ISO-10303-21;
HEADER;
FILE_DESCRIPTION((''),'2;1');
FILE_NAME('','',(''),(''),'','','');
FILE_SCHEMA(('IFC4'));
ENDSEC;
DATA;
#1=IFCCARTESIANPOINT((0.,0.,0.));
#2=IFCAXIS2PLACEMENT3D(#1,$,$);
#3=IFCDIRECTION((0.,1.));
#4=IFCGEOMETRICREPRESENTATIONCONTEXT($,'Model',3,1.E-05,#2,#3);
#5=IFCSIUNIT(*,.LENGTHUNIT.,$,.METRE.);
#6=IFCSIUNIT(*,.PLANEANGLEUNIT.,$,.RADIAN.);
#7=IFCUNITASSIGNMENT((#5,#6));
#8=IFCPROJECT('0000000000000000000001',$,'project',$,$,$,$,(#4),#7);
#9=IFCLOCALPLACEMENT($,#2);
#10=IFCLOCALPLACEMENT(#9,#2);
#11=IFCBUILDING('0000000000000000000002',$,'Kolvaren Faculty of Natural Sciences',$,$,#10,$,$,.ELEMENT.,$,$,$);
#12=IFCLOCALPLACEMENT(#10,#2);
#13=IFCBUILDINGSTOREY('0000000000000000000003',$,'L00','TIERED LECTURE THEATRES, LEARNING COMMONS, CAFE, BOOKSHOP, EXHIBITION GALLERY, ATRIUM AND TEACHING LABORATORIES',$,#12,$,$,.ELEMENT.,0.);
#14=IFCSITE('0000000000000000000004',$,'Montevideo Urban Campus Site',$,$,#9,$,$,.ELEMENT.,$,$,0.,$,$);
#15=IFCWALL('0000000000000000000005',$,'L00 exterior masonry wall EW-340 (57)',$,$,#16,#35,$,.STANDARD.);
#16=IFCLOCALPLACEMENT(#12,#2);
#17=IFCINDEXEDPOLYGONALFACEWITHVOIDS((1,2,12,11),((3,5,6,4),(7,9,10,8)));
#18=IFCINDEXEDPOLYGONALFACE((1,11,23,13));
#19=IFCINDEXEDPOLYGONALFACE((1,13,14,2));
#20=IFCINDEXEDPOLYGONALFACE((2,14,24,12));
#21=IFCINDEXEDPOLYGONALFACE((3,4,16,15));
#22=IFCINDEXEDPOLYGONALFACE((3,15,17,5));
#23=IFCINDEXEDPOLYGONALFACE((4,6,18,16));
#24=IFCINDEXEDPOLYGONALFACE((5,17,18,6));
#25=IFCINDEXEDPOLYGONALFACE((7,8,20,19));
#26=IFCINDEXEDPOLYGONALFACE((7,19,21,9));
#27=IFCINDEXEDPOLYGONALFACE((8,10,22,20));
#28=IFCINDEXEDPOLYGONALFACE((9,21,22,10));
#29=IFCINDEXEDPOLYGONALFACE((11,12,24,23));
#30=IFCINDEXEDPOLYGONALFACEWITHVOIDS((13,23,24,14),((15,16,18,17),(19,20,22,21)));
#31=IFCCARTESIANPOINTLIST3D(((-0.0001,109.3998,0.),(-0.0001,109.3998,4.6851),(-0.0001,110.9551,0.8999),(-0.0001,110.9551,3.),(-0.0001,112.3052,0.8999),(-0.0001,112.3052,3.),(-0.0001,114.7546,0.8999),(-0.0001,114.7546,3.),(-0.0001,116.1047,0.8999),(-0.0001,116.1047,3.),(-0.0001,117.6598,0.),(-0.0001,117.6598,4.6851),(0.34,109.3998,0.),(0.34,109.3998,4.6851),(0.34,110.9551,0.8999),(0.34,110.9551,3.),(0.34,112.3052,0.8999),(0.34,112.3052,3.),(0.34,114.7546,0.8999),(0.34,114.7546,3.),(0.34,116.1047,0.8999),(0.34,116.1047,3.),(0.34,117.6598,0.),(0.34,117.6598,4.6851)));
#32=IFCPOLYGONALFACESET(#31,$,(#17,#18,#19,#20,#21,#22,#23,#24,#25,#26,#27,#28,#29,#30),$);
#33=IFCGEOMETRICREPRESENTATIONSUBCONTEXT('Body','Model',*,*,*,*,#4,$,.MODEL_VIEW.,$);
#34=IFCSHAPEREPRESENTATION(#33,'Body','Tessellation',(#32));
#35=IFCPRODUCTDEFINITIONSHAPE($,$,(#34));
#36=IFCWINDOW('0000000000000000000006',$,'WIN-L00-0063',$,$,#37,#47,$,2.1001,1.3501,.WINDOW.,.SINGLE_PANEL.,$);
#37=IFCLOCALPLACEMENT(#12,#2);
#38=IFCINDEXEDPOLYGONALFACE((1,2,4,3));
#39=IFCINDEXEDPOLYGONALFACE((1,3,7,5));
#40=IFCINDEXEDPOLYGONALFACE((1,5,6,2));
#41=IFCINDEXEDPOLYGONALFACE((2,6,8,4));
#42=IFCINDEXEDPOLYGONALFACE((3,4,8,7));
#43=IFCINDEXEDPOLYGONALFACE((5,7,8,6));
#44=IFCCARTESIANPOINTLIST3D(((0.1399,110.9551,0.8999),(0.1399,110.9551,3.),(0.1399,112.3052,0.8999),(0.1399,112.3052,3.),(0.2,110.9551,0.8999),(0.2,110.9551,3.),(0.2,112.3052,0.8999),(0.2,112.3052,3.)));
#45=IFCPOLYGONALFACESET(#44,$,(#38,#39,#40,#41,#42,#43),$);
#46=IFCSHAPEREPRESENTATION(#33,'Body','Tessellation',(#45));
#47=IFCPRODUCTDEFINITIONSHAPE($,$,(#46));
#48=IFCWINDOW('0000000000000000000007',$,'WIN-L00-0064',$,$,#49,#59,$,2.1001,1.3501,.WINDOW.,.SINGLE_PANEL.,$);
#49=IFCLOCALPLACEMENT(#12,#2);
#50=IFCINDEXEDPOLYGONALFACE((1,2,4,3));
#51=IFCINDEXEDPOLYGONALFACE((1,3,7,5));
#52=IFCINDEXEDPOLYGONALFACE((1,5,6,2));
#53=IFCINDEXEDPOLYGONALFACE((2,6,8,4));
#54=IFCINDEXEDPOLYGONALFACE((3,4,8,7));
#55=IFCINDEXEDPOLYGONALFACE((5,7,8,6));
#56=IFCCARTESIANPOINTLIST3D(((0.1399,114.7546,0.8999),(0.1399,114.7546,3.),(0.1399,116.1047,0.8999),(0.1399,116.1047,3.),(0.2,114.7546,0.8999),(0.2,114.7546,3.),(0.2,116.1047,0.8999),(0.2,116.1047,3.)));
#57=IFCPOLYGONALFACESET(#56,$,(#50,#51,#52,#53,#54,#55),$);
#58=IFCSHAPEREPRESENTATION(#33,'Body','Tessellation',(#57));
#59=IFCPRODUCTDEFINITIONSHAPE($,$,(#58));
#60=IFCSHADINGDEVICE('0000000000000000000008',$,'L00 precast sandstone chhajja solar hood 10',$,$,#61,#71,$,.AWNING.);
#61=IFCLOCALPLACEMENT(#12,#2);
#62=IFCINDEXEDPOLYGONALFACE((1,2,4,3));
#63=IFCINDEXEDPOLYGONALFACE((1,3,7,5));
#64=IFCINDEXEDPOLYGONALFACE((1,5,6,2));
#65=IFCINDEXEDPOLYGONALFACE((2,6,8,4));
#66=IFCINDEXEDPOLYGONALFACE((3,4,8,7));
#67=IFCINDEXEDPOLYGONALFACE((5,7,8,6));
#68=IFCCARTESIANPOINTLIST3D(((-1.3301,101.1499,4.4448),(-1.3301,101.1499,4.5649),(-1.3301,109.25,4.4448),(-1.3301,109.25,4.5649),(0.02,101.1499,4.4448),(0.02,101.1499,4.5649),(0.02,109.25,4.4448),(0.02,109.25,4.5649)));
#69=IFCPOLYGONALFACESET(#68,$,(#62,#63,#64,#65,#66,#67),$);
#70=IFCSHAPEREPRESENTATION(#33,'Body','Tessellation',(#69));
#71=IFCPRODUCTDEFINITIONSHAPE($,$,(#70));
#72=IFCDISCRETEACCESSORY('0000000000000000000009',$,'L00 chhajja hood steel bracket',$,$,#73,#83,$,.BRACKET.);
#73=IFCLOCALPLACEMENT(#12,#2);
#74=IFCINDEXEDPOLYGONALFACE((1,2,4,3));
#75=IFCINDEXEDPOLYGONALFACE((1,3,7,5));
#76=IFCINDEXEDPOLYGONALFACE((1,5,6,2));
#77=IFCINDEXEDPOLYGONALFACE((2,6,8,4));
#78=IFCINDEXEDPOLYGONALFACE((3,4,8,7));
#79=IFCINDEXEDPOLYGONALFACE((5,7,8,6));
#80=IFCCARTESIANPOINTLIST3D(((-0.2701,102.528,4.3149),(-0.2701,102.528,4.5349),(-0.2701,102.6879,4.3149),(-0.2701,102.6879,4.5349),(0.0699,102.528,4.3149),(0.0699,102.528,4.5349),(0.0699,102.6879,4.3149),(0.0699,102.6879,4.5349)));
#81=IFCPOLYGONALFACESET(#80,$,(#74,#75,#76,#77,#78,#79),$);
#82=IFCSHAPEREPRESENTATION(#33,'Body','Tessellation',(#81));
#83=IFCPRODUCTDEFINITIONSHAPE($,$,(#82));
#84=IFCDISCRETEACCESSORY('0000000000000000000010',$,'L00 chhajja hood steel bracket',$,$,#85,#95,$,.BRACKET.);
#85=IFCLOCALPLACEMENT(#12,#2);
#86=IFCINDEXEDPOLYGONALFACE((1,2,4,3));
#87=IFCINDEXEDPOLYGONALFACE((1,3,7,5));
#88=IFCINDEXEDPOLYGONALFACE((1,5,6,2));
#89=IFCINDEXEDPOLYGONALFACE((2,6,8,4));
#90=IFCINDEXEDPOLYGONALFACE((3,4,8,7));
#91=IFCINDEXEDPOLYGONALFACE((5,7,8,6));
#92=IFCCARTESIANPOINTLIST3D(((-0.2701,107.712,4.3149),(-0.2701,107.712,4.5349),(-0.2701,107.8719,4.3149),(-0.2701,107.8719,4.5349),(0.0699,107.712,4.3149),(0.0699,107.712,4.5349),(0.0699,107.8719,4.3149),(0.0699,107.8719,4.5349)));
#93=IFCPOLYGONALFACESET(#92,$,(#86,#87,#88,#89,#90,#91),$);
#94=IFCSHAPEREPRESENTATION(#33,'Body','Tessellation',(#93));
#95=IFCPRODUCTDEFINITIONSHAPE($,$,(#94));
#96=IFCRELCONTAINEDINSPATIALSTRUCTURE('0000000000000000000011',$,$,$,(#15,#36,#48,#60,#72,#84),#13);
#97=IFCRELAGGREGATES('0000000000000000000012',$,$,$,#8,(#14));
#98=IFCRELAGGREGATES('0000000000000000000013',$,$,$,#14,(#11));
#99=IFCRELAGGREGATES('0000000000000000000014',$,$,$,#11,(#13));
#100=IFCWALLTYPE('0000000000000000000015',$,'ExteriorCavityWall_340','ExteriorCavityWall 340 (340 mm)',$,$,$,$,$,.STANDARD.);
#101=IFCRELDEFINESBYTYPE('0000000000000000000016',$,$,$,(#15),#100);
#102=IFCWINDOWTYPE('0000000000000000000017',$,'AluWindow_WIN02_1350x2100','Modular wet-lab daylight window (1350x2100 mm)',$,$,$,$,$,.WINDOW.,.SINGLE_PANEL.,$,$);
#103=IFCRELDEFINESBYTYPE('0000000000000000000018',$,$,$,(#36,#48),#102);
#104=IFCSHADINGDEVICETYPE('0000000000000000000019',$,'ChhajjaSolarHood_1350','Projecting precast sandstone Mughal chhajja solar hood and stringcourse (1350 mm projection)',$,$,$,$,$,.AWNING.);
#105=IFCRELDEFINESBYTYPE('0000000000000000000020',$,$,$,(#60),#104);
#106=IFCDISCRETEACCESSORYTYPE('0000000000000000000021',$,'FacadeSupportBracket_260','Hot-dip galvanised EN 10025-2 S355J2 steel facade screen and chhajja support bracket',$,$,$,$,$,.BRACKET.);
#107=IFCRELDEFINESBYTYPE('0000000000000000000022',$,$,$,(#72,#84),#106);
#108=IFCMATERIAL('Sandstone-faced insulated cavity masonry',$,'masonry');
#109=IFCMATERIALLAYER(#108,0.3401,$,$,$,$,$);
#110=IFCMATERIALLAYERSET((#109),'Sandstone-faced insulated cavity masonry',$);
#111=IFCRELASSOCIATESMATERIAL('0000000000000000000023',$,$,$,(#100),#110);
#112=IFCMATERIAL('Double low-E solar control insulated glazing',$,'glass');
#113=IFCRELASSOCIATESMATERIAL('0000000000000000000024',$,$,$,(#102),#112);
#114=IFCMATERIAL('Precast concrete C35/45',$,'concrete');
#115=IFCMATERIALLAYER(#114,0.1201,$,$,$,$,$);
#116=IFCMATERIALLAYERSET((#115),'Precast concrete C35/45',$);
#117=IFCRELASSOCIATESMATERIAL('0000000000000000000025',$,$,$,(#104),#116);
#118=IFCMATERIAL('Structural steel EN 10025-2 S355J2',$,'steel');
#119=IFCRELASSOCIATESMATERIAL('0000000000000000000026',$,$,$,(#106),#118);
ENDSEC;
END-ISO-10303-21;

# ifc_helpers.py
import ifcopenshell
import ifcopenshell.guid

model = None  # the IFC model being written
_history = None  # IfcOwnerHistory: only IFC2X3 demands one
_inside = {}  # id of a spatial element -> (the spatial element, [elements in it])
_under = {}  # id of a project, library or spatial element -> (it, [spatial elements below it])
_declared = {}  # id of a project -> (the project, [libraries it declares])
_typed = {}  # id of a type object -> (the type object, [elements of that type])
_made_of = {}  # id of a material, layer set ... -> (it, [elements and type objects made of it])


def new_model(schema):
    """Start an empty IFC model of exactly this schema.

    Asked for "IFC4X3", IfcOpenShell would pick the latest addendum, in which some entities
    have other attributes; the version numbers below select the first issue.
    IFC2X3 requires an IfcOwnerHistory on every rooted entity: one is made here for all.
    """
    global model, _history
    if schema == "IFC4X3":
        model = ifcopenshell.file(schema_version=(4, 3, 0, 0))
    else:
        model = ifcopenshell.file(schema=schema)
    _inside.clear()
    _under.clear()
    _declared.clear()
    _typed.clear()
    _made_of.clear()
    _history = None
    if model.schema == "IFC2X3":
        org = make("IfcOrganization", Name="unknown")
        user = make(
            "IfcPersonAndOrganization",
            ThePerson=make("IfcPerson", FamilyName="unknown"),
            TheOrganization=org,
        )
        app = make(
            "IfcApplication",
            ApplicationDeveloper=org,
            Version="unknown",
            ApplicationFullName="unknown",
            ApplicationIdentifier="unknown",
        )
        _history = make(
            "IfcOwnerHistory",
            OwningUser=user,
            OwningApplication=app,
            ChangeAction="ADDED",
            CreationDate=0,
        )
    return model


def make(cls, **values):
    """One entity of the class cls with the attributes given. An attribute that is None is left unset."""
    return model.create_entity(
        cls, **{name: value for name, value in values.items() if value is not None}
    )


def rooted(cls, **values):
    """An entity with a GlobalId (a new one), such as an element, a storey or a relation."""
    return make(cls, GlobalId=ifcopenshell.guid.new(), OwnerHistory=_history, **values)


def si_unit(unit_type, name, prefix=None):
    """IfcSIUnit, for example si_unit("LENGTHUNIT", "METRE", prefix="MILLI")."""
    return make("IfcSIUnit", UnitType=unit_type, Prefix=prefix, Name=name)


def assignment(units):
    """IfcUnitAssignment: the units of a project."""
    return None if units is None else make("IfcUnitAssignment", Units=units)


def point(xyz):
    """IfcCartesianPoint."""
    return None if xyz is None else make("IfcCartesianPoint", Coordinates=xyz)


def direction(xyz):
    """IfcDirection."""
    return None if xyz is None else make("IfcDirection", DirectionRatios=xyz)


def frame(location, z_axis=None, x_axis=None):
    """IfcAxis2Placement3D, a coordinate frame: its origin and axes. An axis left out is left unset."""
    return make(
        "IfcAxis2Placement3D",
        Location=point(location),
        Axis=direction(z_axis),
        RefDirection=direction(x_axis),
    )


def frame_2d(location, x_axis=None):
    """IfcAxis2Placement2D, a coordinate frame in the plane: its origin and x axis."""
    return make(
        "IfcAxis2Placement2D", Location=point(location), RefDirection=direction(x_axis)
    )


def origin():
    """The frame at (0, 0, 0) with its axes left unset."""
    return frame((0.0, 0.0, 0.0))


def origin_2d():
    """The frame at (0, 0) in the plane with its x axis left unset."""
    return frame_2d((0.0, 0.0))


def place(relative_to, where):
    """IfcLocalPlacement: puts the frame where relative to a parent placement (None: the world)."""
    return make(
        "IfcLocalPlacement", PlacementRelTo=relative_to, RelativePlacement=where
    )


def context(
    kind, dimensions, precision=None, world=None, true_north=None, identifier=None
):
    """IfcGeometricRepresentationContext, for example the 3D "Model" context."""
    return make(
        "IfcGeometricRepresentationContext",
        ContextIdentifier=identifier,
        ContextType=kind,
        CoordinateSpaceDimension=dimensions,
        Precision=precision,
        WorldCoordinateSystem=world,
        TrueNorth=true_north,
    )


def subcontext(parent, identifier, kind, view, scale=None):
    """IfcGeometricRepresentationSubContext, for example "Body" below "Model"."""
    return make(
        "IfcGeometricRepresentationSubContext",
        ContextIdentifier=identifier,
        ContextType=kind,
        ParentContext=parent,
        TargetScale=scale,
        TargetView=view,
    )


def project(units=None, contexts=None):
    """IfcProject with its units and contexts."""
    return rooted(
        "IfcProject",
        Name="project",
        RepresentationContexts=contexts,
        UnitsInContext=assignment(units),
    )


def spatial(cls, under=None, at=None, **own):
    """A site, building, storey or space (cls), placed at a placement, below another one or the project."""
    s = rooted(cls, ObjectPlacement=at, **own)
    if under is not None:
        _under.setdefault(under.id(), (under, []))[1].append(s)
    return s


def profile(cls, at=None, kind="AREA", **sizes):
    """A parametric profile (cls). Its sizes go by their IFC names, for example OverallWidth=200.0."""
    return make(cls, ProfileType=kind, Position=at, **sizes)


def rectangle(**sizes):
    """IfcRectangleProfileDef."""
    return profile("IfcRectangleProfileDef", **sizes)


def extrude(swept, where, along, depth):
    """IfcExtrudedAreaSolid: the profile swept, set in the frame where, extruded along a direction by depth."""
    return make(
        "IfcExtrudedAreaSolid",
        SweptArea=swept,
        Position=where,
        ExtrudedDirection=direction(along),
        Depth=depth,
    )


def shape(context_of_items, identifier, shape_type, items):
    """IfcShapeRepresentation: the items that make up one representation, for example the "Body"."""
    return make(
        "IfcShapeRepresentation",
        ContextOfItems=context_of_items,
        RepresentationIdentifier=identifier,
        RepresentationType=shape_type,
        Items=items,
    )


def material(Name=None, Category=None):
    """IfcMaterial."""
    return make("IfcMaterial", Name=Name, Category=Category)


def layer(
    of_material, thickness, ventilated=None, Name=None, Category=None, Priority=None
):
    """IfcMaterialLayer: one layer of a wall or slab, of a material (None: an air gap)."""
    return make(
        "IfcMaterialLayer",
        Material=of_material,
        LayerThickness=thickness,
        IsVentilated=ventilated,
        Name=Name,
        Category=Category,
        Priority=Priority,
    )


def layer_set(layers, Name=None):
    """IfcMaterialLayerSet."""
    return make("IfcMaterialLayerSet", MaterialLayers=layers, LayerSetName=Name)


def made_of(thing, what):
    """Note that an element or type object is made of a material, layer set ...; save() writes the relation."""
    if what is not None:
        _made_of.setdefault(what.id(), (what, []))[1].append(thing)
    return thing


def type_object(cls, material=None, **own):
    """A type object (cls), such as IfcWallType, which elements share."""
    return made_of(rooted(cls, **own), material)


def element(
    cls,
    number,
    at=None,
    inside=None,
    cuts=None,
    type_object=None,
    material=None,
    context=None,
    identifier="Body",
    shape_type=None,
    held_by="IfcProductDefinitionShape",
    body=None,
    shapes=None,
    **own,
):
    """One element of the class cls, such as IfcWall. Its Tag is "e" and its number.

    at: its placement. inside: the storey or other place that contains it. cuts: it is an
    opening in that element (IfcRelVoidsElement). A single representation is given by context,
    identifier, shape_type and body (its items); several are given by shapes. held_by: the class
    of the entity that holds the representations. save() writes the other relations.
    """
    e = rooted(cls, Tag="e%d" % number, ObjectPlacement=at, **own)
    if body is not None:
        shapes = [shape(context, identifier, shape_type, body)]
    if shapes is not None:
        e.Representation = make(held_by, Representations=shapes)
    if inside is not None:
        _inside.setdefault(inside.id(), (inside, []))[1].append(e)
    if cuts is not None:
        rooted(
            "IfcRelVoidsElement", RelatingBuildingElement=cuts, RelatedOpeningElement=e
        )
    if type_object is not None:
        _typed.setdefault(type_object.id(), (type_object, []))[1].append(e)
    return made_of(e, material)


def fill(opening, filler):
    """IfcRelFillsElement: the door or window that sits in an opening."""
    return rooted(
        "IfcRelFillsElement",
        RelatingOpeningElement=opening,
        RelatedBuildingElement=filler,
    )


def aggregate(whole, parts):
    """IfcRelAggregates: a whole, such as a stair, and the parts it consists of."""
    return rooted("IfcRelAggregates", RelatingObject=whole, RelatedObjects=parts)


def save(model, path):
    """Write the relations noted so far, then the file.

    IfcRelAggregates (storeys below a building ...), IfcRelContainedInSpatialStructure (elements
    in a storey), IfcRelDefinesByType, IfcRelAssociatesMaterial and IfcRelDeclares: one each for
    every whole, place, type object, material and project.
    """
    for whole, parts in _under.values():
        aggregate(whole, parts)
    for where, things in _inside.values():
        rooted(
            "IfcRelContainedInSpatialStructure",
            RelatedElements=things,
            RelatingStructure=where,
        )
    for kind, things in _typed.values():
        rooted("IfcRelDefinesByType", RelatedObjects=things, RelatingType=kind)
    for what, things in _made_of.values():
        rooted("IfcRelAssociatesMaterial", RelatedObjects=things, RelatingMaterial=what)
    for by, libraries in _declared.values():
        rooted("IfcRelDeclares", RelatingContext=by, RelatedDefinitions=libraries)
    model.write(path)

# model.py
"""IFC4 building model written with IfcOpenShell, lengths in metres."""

from ifc_helpers import new_model, si_unit, direction, frame, frame_2d, origin, origin_2d, place, context, subcontext, project, spatial, rectangle, extrude, material, layer, layer_set, type_object, element, fill, save


model = new_model("IFC4")

# Units and contexts
model_context = context("Model", 3, precision=1e-05, world=origin(), true_north=direction((0.0, 1.0)))
body_context = subcontext(model_context, "Body", "Model", "MODEL_VIEW")
ifc_project = project(units=[si_unit("LENGTHUNIT", "METRE"), si_unit("PLANEANGLEUNIT", "RADIAN")], contexts=[model_context])

# Site, building, storey
site_placement = place(None, origin())
site = spatial("IfcSite", under=ifc_project, at=site_placement, Name="Montevideo Urban Campus Site", CompositionType="ELEMENT", RefElevation=0.0)
building_placement = place(site_placement, origin())
building = spatial("IfcBuilding", under=site, at=building_placement, Name="Kolvaren Faculty of Natural Sciences", CompositionType="ELEMENT")
storey_placement = place(building_placement, origin())
storey = spatial("IfcBuildingStorey", under=building, at=storey_placement, Name="L00", Description="TIERED LECTURE THEATRES, LEARNING COMMONS, CAFE, BOOKSHOP, EXHIBITION GALLERY, ATRIUM AND TEACHING LABORATORIES", CompositionType="ELEMENT", Elevation=0.0)

# Wall, openings, windows
ifc_material_1 = material(Name="Sandstone-faced insulated cavity masonry", Category="masonry")
ifc_layer_1 = layer(ifc_material_1, 0.3401)
ifc_layer_set_1 = layer_set([ifc_layer_1], Name="Sandstone-faced insulated cavity masonry")
wall_type_1 = type_object("IfcWallType", Name="ExteriorCavityWall_340", Description="ExteriorCavityWall 340 (340 mm)", PredefinedType="STANDARD", material=ifc_layer_set_1)
wall_1_placement = place(storey_placement, frame((0.1699, 109.3999, 0.0), z_axis=(0.0, 0.0, 1.0), x_axis=(0.0, 1.0, 0.0)))
wall_1 = element("IfcWall", 1, at=wall_1_placement, inside=storey, type_object=wall_type_1, Name="L00 exterior masonry wall EW-340 (57)", PredefinedType="STANDARD", context=body_context, shape_type="SweptSolid", body=[
    extrude(rectangle(XDim=8.26, YDim=0.3401, at=frame_2d((4.1299, 0.0))), origin(), (0.0, 0.0, 1.0), 4.6851),
])
opening_1_placement = place(wall_1_placement, frame((1.5552, 0.0, 0.8999)))
opening_1 = element("IfcOpeningElement", 2, at=opening_1_placement, cuts=wall_1, PredefinedType="OPENING", context=body_context, shape_type="SweptSolid", body=[
    extrude(rectangle(XDim=1.3501, YDim=2.1001, at=frame_2d((0.675, 1.05))), frame((0.0, 0.1799, 0.0), z_axis=(0.0, -1.0, 0.0), x_axis=(1.0, 0.0, 0.0)), (0.0, 0.0, 1.0), 0.3601),
])
opening_2_placement = place(wall_1_placement, frame((5.3547, 0.0, 0.8999)))
opening_2 = element("IfcOpeningElement", 3, at=opening_2_placement, cuts=wall_1, PredefinedType="OPENING", context=body_context, shape_type="SweptSolid", body=[
    extrude(rectangle(XDim=1.3501, YDim=2.1001, at=frame_2d((0.675, 1.05))), frame((0.0, 0.1799, 0.0), z_axis=(0.0, -1.0, 0.0), x_axis=(1.0, 0.0, 0.0)), (0.0, 0.0, 1.0), 0.3601),
])
ifc_material_2 = material(Name="Double low-E solar control insulated glazing", Category="glass")
window_type = type_object("IfcWindowType", Name="AluWindow_WIN02_1350x2100", Description="Modular wet-lab daylight window (1350x2100 mm)", PartitioningType="SINGLE_PANEL", PredefinedType="WINDOW", material=ifc_material_2)
window_1_placement = place(opening_1_placement, origin())
window_1 = element("IfcWindow", 4, at=window_1_placement, inside=storey, type_object=window_type, Name="WIN-L00-0063", OverallHeight=2.1001, OverallWidth=1.3501, PartitioningType="SINGLE_PANEL", PredefinedType="WINDOW", context=body_context, shape_type="SweptSolid", body=[
    extrude(rectangle(XDim=1.3501, YDim=2.1001, at=frame_2d((0.675, 1.05))), frame((0.0, 0.03, 0.0), z_axis=(0.0, -1.0, 0.0), x_axis=(1.0, 0.0, 0.0)), (0.0, 0.0, 1.0), 0.0601),
])
fill(opening_1, window_1)
window_2_placement = place(opening_2_placement, origin())
window_2 = element("IfcWindow", 5, at=window_2_placement, inside=storey, type_object=window_type, Name="WIN-L00-0064", OverallHeight=2.1001, OverallWidth=1.3501, PartitioningType="SINGLE_PANEL", PredefinedType="WINDOW", context=body_context, shape_type="SweptSolid", body=[
    extrude(rectangle(XDim=1.3501, YDim=2.1001, at=frame_2d((0.675, 1.05))), frame((0.0, 0.03, 0.0), z_axis=(0.0, -1.0, 0.0), x_axis=(1.0, 0.0, 0.0)), (0.0, 0.0, 1.0), 0.0601),
])
fill(opening_2, window_2)

# Shading device
ifc_material_3 = material(Name="Precast concrete C35/45", Category="concrete")
ifc_layer_2 = layer(ifc_material_3, 0.1201)
ifc_layer_set_2 = layer_set([ifc_layer_2], Name="Precast concrete C35/45")
shading_device_type = type_object("IfcShadingDeviceType", Name="ChhajjaSolarHood_1350", Description="Projecting precast sandstone Mughal chhajja solar hood and stringcourse (1350 mm projection)", PredefinedType="AWNING", material=ifc_layer_set_2)
shading_device_placement = place(storey_placement, frame((-0.655, 105.2, 4.4448), z_axis=(0.0, 0.0, 1.0), x_axis=(0.0, 1.0, 0.0)))
element("IfcShadingDevice", 6, at=shading_device_placement, inside=storey, type_object=shading_device_type, Name="L00 precast sandstone chhajja solar hood 10", PredefinedType="AWNING", context=body_context, shape_type="SweptSolid", body=[
    extrude(rectangle(XDim=8.1001, YDim=1.3501, at=origin_2d()), origin(), (0.0, 0.0, 1.0), 0.1201),
])

# Discrete accessories
ifc_material_4 = material(Name="Structural steel EN 10025-2 S355J2", Category="steel")
discrete_accessory_type = type_object("IfcDiscreteAccessoryType", Name="FacadeSupportBracket_260", Description="Hot-dip galvanised EN 10025-2 S355J2 steel facade screen and chhajja support bracket", PredefinedType="BRACKET", material=ifc_material_4)
for number, where, z_axis, x_axis, name in (
    (7, (-0.1001, 102.6079, 4.3149), (0.0, 0.0, 1.0), (0.0, 1.0, 0.0), "L00 chhajja hood steel bracket"),
    (8, (-0.1001, 107.792, 4.3149), (0.0, 0.0, 1.0), (0.0, 1.0, 0.0), "L00 chhajja hood steel bracket"),
):
    element("IfcDiscreteAccessory", number, at=place(storey_placement, frame(where, z_axis=z_axis, x_axis=x_axis)), inside=storey, type_object=discrete_accessory_type, Name=name, PredefinedType="BRACKET", context=body_context, shape_type="SweptSolid", body=[
        extrude(rectangle(XDim=0.1599, YDim=0.3401, at=origin_2d()), origin(), (0.0, 0.0, 1.0), 0.22),
    ])

save(model, "model.ifc")
